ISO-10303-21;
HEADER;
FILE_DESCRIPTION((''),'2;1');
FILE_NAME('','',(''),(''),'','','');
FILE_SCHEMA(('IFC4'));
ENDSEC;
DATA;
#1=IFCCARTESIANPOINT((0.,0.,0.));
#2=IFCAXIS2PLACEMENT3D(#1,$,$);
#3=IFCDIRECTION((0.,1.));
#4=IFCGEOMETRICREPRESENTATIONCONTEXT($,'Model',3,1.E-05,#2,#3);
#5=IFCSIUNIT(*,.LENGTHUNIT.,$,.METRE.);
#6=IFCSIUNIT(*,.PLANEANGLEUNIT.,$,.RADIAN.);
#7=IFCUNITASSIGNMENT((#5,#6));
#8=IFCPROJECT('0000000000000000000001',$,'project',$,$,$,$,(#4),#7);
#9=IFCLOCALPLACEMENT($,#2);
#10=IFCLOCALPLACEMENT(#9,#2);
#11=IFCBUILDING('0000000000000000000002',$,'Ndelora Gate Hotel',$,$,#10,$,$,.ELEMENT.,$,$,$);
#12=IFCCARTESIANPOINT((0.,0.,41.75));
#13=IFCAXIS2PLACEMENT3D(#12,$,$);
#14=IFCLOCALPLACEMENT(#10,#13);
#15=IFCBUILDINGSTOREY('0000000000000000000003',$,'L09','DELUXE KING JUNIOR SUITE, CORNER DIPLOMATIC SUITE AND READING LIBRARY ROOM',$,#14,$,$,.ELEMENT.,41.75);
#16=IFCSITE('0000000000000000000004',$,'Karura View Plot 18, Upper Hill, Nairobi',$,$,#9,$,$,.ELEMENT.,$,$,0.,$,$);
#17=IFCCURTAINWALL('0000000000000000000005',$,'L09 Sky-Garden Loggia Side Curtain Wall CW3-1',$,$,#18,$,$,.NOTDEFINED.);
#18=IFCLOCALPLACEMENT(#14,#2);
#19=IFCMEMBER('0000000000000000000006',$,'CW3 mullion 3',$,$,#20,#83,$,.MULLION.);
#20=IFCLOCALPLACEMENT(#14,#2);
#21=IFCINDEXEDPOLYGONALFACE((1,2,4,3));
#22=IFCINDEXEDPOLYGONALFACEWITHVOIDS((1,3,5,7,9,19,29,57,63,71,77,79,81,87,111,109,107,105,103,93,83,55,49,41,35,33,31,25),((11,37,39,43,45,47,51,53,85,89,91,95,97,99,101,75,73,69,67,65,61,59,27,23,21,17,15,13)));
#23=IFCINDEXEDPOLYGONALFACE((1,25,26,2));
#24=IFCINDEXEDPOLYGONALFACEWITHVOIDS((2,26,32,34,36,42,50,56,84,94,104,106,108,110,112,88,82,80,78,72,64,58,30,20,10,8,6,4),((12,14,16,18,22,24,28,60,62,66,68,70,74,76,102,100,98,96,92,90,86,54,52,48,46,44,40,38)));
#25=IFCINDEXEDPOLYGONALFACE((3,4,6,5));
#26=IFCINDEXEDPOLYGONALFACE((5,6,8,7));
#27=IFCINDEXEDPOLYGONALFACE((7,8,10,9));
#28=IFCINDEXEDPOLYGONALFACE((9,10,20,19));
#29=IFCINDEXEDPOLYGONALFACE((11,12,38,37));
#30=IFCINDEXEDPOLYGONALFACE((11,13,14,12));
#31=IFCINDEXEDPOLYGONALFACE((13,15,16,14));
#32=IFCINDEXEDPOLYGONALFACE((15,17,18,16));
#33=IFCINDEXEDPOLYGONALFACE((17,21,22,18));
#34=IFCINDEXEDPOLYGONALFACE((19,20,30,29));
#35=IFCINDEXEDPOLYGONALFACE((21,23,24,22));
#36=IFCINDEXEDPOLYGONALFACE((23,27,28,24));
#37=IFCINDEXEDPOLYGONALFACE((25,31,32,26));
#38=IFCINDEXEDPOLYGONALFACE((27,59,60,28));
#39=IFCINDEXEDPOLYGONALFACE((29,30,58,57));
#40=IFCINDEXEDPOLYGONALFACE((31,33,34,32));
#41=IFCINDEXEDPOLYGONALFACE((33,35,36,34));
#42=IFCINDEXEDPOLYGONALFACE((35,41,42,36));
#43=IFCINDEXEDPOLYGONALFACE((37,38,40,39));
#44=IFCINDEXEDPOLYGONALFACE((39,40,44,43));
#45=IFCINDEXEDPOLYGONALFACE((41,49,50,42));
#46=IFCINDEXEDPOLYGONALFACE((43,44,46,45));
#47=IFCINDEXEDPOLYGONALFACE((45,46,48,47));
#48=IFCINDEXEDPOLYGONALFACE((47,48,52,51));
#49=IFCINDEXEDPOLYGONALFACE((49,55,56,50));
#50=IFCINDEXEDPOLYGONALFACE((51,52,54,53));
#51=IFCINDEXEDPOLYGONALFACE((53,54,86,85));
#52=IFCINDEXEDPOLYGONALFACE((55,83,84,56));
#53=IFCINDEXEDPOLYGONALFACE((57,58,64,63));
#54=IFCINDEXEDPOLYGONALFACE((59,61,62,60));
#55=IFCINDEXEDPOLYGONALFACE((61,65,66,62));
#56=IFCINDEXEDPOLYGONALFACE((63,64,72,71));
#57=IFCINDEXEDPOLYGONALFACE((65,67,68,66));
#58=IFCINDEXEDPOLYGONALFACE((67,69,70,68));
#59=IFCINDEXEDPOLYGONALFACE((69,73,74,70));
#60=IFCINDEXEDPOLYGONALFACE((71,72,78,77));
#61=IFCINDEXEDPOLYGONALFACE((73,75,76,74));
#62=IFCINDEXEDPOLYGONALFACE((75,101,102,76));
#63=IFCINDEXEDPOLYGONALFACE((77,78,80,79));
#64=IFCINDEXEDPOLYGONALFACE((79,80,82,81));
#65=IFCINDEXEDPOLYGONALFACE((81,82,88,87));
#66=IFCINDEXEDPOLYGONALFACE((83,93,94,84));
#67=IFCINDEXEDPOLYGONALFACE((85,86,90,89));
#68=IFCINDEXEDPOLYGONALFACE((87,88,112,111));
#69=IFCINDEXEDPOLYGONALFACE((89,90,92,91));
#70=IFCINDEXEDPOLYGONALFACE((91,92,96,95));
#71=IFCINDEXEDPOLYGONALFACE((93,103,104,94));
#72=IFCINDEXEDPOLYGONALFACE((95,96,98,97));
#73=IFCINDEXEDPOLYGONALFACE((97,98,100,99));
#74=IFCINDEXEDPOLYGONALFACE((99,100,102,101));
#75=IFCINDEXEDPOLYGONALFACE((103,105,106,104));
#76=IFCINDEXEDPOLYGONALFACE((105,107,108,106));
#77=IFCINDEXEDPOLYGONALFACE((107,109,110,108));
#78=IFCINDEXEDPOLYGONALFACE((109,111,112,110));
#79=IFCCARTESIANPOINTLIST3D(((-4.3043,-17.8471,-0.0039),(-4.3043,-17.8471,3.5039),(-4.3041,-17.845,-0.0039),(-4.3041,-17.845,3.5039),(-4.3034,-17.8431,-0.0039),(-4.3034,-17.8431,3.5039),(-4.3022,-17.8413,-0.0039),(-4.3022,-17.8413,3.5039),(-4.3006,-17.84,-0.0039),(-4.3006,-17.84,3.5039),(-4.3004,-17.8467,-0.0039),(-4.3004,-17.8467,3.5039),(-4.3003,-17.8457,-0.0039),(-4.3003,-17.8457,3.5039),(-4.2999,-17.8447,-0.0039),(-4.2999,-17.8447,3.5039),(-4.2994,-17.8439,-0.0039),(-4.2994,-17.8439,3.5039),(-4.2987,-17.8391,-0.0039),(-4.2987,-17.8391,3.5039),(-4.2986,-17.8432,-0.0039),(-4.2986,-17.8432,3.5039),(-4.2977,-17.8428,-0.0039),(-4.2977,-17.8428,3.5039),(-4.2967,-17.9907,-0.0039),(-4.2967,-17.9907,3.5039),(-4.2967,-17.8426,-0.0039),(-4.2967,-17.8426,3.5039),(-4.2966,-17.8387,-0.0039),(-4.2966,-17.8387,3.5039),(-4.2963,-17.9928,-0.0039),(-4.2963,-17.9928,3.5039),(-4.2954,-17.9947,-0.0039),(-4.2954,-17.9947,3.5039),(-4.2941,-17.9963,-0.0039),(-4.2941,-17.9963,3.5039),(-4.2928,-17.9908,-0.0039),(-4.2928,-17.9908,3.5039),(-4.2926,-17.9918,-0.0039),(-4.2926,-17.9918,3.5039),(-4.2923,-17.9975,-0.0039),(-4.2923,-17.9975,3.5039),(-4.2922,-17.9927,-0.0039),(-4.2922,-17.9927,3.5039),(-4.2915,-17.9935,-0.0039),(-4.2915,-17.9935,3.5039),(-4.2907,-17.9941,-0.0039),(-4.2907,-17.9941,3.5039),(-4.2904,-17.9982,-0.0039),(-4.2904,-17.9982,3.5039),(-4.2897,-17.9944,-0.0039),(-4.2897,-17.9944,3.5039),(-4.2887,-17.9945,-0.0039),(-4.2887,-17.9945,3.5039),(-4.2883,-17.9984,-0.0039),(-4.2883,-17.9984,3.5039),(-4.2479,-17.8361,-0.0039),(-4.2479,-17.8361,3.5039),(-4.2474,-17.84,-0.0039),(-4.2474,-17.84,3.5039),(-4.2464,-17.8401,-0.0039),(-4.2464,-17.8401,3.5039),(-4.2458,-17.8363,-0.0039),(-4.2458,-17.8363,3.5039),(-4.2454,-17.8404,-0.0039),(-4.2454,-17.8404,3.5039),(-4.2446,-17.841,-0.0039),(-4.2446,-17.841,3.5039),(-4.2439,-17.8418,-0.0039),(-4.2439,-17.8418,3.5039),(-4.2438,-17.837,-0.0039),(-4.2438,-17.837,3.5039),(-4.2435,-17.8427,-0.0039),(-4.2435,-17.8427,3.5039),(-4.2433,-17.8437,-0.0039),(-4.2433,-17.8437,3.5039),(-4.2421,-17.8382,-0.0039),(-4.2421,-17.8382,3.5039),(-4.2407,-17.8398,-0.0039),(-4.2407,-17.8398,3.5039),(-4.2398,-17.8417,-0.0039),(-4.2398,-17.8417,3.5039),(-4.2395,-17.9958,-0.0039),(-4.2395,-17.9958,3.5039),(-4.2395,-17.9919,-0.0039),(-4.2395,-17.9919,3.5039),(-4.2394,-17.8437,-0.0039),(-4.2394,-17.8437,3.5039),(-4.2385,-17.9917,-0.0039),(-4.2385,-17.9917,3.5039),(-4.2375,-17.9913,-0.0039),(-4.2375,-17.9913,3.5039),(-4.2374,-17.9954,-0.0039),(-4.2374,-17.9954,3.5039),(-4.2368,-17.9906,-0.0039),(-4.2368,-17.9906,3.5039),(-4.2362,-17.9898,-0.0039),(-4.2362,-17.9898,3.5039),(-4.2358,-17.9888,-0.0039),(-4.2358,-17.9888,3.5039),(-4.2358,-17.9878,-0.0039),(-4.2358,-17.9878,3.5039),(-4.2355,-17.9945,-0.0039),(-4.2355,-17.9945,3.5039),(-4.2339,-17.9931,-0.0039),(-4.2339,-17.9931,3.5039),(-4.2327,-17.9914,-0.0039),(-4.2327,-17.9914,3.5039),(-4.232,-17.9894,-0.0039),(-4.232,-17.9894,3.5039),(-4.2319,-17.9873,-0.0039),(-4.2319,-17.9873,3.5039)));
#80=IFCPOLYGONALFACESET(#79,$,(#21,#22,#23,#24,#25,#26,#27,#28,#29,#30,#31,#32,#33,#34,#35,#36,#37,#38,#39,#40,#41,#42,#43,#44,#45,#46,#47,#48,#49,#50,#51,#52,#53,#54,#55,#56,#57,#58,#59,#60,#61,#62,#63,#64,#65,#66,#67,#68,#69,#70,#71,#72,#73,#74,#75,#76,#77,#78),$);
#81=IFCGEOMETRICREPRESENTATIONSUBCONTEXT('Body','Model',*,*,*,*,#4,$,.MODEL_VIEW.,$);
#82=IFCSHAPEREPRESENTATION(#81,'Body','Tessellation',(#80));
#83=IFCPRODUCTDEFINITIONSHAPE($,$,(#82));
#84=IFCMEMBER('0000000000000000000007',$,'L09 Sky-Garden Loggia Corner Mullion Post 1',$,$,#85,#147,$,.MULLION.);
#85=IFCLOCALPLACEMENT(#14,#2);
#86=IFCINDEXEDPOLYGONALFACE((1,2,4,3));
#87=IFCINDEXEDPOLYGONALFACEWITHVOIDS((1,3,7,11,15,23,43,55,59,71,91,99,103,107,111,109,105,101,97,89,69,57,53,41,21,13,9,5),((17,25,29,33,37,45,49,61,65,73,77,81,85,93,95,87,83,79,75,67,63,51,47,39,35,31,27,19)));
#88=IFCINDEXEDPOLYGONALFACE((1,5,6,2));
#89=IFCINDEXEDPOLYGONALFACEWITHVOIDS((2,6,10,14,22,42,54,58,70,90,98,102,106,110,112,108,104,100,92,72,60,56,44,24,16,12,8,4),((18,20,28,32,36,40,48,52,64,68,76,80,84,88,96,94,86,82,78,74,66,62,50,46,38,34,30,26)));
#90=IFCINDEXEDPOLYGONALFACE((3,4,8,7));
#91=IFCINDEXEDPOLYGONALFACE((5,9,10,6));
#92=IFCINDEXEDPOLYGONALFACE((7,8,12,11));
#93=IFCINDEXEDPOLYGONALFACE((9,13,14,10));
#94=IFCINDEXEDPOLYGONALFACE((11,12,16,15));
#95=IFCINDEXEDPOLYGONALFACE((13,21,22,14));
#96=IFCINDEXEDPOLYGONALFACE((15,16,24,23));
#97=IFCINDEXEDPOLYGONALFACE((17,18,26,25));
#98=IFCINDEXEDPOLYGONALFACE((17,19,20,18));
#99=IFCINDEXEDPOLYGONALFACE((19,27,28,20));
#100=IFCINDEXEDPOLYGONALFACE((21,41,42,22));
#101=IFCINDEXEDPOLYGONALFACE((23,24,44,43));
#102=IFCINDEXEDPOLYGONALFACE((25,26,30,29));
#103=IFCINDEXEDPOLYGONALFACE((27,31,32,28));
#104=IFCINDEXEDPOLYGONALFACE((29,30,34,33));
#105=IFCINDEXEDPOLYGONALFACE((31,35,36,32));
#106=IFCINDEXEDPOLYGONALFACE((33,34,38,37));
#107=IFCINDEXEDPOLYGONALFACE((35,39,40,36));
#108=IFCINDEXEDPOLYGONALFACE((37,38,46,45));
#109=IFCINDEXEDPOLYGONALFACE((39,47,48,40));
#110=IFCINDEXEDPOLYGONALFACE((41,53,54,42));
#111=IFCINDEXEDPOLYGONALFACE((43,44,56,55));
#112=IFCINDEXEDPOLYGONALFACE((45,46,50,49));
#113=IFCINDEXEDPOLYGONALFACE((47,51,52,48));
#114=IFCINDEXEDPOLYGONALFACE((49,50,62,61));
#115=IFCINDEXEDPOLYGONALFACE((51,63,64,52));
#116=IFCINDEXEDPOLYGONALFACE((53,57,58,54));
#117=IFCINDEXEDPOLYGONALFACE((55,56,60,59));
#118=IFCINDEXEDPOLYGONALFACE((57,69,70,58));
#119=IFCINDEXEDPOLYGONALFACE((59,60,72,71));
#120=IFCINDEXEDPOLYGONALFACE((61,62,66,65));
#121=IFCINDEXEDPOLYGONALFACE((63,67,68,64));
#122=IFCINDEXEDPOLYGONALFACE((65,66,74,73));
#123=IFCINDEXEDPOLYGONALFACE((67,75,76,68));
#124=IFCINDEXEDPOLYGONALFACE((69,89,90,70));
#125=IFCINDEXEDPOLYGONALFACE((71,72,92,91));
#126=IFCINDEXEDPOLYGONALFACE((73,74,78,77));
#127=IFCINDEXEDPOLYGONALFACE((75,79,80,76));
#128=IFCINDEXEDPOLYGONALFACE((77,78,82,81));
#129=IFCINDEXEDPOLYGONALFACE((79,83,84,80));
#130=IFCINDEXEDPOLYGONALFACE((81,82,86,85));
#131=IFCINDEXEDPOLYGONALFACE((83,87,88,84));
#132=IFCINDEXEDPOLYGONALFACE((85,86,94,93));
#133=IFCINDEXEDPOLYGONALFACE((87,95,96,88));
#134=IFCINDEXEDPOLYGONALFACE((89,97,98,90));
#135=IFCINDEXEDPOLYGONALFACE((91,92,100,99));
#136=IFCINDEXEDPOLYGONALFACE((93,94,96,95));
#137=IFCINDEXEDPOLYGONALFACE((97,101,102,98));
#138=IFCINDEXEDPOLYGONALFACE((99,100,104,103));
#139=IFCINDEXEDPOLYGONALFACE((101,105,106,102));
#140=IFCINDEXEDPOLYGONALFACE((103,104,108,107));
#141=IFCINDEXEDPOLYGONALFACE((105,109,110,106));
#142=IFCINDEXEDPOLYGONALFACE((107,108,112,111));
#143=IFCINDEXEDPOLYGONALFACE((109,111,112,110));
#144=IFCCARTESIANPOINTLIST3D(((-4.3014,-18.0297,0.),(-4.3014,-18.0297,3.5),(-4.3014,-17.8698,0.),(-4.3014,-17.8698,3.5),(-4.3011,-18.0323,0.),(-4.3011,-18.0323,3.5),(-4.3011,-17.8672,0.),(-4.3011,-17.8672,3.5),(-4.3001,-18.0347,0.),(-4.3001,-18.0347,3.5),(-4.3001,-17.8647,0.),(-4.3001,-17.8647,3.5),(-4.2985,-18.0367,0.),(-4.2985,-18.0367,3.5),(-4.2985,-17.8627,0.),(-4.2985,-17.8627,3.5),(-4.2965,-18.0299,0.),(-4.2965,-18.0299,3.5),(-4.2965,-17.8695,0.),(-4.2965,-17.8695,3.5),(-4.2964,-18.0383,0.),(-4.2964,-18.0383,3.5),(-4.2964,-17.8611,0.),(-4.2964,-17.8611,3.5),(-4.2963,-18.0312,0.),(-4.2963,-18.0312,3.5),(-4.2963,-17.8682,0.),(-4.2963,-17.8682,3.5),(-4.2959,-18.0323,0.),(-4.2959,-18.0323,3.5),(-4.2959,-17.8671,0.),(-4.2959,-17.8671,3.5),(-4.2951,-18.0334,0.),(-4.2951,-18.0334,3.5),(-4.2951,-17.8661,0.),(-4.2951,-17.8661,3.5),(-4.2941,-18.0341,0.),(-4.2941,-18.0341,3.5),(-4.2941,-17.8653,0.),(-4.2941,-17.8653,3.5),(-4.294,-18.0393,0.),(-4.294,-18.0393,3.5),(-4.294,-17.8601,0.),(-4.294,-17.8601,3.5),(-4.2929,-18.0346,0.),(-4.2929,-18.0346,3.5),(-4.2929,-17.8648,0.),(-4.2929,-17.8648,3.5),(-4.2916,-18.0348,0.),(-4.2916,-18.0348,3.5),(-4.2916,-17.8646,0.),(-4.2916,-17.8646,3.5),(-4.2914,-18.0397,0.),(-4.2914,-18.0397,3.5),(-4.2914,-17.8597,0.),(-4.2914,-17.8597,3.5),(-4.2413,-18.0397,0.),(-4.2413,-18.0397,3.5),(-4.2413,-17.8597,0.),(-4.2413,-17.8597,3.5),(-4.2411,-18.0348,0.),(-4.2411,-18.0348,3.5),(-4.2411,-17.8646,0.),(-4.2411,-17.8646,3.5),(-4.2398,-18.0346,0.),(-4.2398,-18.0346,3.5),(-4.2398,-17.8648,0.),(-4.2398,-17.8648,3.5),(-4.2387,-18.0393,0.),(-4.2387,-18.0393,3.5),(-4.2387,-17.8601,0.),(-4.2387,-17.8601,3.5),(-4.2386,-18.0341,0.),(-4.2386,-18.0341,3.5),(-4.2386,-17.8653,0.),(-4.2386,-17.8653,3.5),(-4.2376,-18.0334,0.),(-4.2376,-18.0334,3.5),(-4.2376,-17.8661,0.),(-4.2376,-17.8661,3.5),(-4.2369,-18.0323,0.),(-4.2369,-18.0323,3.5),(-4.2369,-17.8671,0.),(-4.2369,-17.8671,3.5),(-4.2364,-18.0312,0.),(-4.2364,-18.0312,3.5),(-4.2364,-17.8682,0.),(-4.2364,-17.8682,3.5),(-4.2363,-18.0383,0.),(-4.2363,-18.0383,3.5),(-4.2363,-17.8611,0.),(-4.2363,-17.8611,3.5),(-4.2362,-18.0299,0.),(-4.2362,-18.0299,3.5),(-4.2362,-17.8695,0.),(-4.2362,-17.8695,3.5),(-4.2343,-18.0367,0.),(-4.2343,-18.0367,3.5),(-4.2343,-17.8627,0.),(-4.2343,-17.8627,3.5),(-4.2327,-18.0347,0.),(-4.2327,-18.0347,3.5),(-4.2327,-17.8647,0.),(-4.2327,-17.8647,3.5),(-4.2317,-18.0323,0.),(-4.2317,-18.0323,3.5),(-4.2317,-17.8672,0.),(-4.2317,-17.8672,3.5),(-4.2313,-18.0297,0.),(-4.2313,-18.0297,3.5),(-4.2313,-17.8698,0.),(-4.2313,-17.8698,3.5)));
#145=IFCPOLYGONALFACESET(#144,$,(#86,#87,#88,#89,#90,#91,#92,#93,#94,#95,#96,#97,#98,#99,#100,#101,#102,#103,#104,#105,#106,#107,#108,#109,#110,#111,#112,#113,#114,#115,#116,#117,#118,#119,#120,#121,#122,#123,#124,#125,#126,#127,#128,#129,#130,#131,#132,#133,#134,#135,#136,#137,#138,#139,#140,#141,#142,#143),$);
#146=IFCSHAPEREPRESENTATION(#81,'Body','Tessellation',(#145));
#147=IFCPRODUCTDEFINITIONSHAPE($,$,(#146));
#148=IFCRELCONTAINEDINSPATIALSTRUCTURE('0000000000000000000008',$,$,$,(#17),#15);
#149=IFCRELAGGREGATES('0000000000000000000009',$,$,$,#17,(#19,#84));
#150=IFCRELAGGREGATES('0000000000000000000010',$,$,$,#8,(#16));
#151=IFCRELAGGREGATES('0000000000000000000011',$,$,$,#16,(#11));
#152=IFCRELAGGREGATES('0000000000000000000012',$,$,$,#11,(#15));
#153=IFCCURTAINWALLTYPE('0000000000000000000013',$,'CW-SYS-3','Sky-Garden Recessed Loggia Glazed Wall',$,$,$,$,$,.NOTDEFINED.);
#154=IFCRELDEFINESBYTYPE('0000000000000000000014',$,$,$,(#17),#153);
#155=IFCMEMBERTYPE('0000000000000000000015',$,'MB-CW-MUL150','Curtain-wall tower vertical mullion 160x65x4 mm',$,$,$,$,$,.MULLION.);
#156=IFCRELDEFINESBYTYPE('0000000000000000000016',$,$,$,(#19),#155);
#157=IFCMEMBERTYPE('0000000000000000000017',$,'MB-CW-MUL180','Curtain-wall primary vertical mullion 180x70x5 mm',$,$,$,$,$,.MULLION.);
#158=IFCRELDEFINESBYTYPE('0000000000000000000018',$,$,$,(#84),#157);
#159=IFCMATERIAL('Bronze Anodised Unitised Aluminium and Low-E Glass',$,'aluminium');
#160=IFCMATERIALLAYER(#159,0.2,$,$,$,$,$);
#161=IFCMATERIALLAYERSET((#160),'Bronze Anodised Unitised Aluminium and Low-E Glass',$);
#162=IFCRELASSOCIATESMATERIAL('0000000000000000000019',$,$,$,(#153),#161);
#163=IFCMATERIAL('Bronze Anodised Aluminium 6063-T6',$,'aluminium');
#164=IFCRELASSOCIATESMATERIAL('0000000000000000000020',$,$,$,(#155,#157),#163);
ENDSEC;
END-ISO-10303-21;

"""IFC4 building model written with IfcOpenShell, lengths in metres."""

from ifc_helpers import new_model, si_unit, direction, frame, origin, origin_2d, place, context, subcontext, project, spatial, hollow_rectangle, extrude, material, layer, layer_set, material_profile, profile_set, type_object, element, aggregate, save


model = new_model("IFC4")

# Units and contexts
model_context = context("Model", 3, precision=1e-05, world=origin(), true_north=direction((0.0, 1.0)))
body_context = subcontext(model_context, "Body", "Model", "MODEL_VIEW")
ifc_project = project(units=[si_unit("LENGTHUNIT", "METRE"), si_unit("PLANEANGLEUNIT", "RADIAN")], contexts=[model_context])

# Site, building, storey
site_placement = place(None, origin())
site = spatial("IfcSite", under=ifc_project, at=site_placement, Name="Karura View Plot 18, Upper Hill, Nairobi", CompositionType="ELEMENT", RefElevation=0.0)
building_placement = place(site_placement, origin())
building = spatial("IfcBuilding", under=site, at=building_placement, Name="Ndelora Gate Hotel", CompositionType="ELEMENT")
storey_placement = place(building_placement, frame((0.0, 0.0, 41.75)))
storey = spatial("IfcBuildingStorey", under=building, at=storey_placement, Name="L09", Description="DELUXE KING JUNIOR SUITE, CORNER DIPLOMATIC SUITE AND READING LIBRARY ROOM", CompositionType="ELEMENT", Elevation=41.75)

# Curtain wall, members
ifc_material_1 = material(Name="Bronze Anodised Unitised Aluminium and Low-E Glass", Category="aluminium")
ifc_layer_1 = layer(ifc_material_1, 0.2)
ifc_layer_set_1 = layer_set([ifc_layer_1], Name="Bronze Anodised Unitised Aluminium and Low-E Glass")
curtain_wall_type = type_object("IfcCurtainWallType", Name="CW-SYS-3", Description="Sky-Garden Recessed Loggia Glazed Wall", PredefinedType="NOTDEFINED", material=ifc_layer_set_1)
curtain_wall_placement = place(storey_placement, origin())
curtain_wall = element("IfcCurtainWall", 1, at=curtain_wall_placement, inside=storey, type_object=curtain_wall_type, Name="L09 Sky-Garden Loggia Side Curtain Wall CW3-1", PredefinedType="NOTDEFINED")
ifc_material_2 = material(Name="Bronze Anodised Aluminium 6063-T6", Category="aluminium")
ifc_material_profile_1 = material_profile(ifc_material_2, hollow_rectangle(XDim=0.0649, YDim=0.1599, WallThickness=0.0039, InnerFilletRadius=0.0039, OuterFilletRadius=0.0081, at=origin_2d()), Name="ALU 160x65x4")
ifc_profile_set_1 = profile_set([ifc_material_profile_1], Name="Bronze Anodised Aluminium 6063-T6")
member_type_1 = type_object("IfcMemberType", Name="MB-CW-MUL150", Description="Curtain-wall tower vertical mullion 160x65x4 mm", PredefinedType="MULLION", material=ifc_profile_set_1)
member_1_placement = place(storey_placement, frame((-4.2681, -17.9172, -0.0039), z_axis=(0.0, 0.0, 1.0), x_axis=(0.998628, 0.052363, 0.0)))
member_1 = element("IfcMember", 2, at=member_1_placement, type_object=member_type_1, Name="CW3 mullion 3", PredefinedType="MULLION", context=body_context, shape_type="SweptSolid", body=[
    extrude(hollow_rectangle(XDim=0.0649, YDim=0.1599, WallThickness=0.0039, InnerFilletRadius=0.0039, OuterFilletRadius=0.0081, at=origin_2d()), origin(), (0.0, 0.0, 1.0), 3.5078),
])
ifc_material_profile_2 = material_profile(ifc_material_2, hollow_rectangle(XDim=0.0701, YDim=0.1799, WallThickness=0.0049, InnerFilletRadius=0.0049, OuterFilletRadius=0.01, at=origin_2d()), Name="ALU 180x70x5")
ifc_profile_set_2 = profile_set([ifc_material_profile_2], Name="Bronze Anodised Aluminium 6063-T6")
member_type_2 = type_object("IfcMemberType", Name="MB-CW-MUL180", Description="Curtain-wall primary vertical mullion 180x70x5 mm", PredefinedType="MULLION", material=ifc_profile_set_2)
member_2_placement = place(storey_placement, frame((-4.2664, -17.9497, 0.0), z_axis=(0.0, 0.0, 1.0), x_axis=(1.0, 0.0, 0.0)))
member_2 = element("IfcMember", 3, at=member_2_placement, type_object=member_type_2, Name="L09 Sky-Garden Loggia Corner Mullion Post 1", PredefinedType="MULLION", context=body_context, shape_type="SweptSolid", body=[
    extrude(hollow_rectangle(XDim=0.0701, YDim=0.1799, WallThickness=0.0049, InnerFilletRadius=0.0049, OuterFilletRadius=0.01, at=origin_2d()), origin(), (0.0, 0.0, 1.0), 3.5),
])
aggregate(curtain_wall, [member_1, member_2])

save(model, "model.ifc")
